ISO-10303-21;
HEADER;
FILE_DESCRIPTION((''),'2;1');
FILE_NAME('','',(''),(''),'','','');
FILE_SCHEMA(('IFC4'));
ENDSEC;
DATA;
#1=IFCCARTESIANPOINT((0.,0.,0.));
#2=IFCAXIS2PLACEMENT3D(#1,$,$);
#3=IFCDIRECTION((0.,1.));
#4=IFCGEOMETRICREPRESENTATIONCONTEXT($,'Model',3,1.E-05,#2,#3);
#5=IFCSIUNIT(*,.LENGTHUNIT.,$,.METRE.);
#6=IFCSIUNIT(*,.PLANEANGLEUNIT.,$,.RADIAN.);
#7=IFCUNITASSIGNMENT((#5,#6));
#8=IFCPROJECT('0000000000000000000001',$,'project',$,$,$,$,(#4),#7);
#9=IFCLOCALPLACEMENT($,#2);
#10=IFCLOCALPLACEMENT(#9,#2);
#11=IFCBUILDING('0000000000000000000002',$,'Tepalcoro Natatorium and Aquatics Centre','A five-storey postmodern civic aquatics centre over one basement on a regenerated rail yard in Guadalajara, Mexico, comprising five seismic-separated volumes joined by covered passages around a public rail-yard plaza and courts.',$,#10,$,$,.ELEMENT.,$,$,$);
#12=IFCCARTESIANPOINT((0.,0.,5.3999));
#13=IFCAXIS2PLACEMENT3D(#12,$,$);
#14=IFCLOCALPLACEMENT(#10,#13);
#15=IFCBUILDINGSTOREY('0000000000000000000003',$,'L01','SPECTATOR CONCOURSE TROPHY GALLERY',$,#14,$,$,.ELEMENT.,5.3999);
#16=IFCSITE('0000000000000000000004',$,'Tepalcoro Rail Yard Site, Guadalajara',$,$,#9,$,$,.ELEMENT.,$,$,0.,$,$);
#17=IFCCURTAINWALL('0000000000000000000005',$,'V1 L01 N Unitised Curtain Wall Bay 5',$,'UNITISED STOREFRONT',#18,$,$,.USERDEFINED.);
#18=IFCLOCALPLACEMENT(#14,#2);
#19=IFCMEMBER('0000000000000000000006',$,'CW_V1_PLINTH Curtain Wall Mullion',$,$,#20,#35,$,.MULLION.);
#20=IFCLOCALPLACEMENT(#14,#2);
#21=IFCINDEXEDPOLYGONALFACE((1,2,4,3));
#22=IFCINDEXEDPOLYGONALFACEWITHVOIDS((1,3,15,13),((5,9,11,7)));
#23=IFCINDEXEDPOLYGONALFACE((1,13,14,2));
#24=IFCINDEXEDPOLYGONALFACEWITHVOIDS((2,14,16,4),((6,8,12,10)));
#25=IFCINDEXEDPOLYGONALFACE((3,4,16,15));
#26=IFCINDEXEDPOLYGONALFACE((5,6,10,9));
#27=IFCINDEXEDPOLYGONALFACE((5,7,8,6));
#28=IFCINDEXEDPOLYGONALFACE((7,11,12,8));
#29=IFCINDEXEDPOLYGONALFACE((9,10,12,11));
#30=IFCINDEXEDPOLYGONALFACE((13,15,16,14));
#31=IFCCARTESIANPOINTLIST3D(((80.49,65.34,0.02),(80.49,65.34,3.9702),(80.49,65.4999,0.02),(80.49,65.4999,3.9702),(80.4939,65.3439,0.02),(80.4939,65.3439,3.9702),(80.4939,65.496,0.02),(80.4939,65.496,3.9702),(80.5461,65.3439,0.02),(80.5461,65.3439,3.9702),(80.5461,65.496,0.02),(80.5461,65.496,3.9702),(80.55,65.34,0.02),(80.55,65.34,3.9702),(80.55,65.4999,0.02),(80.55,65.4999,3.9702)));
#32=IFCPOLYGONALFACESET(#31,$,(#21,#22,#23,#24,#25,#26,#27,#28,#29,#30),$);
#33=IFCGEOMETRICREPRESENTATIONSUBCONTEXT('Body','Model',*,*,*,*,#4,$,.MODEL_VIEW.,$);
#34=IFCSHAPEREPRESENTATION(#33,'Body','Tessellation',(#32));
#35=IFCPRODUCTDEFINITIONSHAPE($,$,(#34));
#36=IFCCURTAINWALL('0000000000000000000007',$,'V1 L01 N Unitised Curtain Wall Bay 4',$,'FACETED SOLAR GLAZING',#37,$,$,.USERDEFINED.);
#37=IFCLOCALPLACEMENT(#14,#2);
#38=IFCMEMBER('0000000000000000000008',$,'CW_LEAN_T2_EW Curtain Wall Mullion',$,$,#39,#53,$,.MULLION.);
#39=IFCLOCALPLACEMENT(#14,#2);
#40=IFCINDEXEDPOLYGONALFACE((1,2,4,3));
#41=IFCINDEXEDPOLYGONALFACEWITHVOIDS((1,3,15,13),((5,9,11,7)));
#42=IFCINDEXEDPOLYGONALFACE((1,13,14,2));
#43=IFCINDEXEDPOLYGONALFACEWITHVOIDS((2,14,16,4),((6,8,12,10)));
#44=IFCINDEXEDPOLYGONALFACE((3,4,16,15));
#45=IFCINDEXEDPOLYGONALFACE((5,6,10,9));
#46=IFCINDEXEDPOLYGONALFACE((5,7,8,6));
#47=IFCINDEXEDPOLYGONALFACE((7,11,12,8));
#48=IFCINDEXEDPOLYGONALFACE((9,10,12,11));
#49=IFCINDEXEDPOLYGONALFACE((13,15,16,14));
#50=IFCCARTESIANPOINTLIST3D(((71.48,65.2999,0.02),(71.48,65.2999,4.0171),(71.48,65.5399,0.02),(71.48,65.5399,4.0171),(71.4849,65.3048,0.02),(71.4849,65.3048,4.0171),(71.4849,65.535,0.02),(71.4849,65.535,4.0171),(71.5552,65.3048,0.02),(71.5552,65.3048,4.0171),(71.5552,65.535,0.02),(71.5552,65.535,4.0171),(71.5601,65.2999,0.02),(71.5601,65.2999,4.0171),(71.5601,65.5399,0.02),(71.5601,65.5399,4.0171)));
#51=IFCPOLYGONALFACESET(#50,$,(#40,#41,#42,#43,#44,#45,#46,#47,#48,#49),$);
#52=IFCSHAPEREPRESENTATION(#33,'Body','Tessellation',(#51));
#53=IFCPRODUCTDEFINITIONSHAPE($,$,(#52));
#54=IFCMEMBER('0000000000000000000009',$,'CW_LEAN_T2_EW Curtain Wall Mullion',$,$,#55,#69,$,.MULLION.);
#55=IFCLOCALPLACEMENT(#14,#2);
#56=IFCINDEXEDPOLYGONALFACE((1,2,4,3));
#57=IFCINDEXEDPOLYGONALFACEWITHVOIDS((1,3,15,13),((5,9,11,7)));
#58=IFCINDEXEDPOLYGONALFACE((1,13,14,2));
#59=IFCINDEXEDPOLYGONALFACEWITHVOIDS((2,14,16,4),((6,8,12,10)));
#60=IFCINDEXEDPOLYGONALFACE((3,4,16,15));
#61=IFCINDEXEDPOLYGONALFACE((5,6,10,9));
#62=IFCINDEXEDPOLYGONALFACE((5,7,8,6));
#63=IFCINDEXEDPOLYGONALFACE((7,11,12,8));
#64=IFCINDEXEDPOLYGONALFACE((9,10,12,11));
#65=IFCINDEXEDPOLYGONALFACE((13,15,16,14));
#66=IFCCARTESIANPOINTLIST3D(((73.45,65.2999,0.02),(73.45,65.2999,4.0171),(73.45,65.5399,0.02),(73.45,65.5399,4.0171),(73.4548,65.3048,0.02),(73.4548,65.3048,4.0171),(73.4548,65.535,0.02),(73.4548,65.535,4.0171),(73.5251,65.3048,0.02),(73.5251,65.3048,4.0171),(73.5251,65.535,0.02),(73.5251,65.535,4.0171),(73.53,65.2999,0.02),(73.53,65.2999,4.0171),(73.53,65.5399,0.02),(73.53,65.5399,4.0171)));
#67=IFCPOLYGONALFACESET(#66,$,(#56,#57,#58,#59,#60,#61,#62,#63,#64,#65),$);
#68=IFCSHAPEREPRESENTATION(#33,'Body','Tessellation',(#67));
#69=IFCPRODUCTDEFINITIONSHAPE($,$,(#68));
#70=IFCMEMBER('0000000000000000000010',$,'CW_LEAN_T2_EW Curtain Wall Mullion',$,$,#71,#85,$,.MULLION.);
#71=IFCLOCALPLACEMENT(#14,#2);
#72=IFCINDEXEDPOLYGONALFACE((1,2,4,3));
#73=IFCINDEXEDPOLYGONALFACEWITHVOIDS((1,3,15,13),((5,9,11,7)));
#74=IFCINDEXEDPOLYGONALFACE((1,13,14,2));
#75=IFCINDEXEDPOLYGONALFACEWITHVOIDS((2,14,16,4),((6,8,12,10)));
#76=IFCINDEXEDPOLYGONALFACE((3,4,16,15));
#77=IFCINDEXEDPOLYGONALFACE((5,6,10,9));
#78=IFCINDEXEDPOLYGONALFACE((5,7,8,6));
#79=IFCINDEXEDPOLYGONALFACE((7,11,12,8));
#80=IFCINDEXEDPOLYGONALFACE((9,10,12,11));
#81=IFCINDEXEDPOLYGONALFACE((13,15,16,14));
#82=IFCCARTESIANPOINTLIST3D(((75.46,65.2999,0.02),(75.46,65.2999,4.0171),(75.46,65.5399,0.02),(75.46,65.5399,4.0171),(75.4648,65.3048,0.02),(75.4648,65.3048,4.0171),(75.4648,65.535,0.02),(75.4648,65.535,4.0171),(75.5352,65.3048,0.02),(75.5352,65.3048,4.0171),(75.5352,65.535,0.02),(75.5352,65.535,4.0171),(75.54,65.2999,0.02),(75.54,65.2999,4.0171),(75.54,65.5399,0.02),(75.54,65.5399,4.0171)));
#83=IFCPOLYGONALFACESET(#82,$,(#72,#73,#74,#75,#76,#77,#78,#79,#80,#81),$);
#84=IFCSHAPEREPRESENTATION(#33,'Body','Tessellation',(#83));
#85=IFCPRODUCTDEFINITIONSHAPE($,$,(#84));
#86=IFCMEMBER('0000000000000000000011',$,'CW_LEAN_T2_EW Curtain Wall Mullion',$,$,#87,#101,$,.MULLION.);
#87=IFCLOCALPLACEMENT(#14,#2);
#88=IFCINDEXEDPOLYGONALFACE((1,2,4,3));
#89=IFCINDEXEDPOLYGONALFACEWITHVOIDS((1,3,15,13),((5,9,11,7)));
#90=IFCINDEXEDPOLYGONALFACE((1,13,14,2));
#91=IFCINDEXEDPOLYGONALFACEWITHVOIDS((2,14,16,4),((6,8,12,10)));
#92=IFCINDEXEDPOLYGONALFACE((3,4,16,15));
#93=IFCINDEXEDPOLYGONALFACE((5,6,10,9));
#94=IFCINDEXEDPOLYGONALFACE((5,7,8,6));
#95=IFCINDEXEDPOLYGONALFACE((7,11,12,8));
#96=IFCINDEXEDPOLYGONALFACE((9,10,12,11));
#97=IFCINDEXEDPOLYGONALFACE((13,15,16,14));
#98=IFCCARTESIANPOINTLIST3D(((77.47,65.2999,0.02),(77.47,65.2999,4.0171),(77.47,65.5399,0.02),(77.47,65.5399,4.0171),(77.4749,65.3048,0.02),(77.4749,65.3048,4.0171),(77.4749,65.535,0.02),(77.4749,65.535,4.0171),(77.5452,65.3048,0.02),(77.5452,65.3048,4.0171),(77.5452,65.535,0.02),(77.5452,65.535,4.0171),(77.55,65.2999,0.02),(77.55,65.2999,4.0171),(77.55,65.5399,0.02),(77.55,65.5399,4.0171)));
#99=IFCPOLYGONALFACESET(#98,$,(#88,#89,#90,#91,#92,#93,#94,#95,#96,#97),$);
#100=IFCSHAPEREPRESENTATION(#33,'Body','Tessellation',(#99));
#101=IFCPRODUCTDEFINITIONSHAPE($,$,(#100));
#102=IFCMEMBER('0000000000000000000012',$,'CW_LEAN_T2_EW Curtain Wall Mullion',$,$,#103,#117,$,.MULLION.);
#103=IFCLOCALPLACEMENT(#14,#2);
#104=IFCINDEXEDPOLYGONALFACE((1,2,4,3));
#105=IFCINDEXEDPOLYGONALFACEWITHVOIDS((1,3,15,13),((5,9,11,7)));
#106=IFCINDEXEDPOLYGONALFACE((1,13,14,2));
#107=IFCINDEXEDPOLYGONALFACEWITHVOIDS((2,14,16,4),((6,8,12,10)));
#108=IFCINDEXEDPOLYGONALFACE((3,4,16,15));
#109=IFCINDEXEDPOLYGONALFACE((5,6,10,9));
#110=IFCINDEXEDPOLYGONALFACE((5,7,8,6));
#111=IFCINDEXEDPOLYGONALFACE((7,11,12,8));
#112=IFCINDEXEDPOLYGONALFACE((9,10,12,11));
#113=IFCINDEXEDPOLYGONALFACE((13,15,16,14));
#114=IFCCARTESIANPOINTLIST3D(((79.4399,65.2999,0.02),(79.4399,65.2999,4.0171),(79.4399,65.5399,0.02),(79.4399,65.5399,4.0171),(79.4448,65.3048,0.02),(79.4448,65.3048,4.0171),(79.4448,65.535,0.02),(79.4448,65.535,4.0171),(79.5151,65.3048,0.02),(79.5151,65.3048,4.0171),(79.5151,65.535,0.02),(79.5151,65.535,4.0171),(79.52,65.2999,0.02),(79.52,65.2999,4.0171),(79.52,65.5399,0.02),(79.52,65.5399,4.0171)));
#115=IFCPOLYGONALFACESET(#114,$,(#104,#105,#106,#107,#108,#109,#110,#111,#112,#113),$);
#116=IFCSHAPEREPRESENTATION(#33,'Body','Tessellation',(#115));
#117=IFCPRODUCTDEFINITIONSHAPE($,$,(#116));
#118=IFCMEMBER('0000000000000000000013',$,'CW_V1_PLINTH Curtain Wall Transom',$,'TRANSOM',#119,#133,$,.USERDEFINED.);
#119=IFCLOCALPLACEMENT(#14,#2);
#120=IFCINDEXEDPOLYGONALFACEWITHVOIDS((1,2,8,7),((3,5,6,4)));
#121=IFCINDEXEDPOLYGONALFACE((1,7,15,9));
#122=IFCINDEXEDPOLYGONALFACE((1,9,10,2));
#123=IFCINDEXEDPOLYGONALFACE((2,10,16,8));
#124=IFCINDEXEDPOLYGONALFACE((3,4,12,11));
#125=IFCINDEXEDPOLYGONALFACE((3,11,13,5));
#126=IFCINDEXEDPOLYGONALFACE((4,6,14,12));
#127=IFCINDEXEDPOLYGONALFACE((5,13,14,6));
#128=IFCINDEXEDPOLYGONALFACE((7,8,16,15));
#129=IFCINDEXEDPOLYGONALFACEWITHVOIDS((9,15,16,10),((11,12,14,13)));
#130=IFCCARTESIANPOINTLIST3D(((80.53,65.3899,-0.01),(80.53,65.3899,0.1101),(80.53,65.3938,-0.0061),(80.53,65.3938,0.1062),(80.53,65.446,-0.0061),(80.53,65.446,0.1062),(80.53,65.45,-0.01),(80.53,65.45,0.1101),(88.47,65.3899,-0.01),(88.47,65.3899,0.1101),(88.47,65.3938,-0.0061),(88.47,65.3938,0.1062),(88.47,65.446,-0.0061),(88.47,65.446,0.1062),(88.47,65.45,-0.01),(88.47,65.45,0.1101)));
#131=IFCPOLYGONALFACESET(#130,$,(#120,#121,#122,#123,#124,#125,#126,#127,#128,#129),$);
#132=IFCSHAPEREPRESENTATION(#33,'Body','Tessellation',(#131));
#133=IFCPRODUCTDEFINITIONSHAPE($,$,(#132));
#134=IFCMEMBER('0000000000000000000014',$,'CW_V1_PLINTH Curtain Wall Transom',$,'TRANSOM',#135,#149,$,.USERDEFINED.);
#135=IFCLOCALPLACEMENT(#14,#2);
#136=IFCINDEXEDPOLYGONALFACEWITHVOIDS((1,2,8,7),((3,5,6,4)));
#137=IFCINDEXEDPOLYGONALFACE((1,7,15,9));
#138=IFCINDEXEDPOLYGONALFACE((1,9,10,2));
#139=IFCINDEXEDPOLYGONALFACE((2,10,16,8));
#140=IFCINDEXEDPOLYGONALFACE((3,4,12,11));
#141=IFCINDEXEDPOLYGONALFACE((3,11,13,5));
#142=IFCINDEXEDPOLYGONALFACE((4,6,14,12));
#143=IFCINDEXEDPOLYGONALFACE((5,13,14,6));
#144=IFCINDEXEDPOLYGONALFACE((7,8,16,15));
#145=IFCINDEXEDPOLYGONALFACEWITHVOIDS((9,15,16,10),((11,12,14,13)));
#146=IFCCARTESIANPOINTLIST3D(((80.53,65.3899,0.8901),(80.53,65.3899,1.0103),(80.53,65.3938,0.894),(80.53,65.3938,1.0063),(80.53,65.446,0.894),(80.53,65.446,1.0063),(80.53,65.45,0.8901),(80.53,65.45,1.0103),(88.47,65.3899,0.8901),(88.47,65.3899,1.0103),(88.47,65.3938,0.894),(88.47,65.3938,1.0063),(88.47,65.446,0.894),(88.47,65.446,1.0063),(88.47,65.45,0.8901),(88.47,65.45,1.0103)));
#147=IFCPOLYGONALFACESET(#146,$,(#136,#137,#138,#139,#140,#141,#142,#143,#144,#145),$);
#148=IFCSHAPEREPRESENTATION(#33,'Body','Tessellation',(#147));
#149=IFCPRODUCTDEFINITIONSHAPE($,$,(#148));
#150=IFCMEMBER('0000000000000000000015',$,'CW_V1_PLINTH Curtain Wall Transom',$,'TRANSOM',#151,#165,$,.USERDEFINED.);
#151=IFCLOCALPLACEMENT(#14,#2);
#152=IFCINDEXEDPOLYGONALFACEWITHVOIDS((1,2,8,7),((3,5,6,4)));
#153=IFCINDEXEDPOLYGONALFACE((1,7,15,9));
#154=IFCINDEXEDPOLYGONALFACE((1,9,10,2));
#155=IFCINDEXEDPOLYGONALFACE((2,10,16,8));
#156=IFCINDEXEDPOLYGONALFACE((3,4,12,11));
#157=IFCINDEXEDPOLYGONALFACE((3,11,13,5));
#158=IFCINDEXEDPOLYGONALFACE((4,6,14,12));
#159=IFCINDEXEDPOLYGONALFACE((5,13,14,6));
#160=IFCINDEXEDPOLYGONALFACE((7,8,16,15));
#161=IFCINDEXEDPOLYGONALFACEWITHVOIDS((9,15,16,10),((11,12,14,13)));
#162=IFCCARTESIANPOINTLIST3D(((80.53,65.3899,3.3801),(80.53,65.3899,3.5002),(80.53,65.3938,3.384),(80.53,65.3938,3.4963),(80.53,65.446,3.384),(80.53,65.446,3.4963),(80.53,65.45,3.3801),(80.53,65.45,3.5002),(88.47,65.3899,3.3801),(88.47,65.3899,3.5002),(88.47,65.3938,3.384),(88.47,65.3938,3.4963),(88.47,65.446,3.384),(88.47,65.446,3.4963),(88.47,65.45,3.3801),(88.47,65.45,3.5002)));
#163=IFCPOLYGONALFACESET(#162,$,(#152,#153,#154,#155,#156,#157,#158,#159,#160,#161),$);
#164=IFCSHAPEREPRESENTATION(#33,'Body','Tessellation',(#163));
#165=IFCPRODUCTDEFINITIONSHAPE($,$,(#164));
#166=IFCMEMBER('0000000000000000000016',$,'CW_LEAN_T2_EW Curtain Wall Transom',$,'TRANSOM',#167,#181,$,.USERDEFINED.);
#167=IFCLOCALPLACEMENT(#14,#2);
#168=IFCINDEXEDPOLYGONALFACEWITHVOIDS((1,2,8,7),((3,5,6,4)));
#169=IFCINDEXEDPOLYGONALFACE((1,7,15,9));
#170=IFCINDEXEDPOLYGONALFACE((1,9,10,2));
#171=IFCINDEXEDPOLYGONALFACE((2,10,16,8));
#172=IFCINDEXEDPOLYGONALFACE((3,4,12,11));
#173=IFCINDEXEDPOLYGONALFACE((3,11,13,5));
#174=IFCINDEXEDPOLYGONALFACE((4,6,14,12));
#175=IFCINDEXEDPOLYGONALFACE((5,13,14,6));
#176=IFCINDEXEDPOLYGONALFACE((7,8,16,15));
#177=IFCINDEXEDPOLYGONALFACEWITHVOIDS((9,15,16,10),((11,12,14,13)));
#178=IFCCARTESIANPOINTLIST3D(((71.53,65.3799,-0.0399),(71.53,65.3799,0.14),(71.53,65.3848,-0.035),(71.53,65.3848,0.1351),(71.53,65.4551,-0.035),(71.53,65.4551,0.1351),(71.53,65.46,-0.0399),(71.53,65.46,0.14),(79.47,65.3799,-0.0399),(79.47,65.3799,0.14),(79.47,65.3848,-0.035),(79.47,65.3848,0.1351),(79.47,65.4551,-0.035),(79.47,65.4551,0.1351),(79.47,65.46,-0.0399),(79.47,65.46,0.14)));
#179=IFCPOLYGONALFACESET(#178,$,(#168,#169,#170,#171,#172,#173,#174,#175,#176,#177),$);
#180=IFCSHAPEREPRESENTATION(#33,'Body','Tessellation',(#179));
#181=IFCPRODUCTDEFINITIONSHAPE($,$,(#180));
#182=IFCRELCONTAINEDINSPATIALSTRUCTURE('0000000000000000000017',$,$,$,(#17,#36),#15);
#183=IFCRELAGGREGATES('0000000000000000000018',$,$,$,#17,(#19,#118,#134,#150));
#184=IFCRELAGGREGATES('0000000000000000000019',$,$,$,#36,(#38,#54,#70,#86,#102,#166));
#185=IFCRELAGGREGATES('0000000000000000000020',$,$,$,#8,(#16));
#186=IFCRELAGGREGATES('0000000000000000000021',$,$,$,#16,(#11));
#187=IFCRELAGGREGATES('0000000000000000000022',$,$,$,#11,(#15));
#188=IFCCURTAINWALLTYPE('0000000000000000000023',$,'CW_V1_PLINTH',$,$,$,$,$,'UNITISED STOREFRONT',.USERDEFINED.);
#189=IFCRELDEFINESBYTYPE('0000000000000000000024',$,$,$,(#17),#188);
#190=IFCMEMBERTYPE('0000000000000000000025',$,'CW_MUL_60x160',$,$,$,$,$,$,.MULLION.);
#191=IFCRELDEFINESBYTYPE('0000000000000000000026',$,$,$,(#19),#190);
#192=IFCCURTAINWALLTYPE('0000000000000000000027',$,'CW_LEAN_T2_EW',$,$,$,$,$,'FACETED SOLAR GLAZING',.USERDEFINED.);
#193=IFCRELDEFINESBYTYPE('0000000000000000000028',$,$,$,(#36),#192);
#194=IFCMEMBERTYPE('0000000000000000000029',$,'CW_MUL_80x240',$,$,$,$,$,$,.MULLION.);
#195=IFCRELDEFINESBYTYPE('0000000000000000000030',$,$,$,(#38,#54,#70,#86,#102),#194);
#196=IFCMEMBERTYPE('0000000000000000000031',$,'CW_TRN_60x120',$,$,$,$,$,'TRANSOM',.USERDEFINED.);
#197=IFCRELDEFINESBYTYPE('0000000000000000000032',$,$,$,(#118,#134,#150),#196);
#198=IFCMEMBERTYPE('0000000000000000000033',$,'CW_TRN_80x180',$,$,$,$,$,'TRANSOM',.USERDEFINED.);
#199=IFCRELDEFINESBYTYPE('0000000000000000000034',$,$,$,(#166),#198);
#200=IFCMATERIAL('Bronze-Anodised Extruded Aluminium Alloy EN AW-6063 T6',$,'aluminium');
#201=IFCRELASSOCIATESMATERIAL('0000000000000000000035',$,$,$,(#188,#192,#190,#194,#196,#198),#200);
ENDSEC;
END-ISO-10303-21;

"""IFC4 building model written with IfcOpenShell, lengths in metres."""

from ifc_helpers import new_model, si_unit, direction, frame, origin, origin_2d, place, context, subcontext, project, spatial, hollow_rectangle, extrude, material, material_profile, profile_set, type_object, element, aggregate, save


model = new_model("IFC4")

# Units and contexts
model_context = context("Model", 3, precision=1e-05, world=origin(), true_north=direction((0.0, 1.0)))
body_context = subcontext(model_context, "Body", "Model", "MODEL_VIEW")
ifc_project = project(units=[si_unit("LENGTHUNIT", "METRE"), si_unit("PLANEANGLEUNIT", "RADIAN")], contexts=[model_context])

# Site, building, storey
site_placement = place(None, origin())
site = spatial("IfcSite", under=ifc_project, at=site_placement, Name="Tepalcoro Rail Yard Site, Guadalajara", CompositionType="ELEMENT", RefElevation=0.0)
building_placement = place(site_placement, origin())
building = spatial("IfcBuilding", under=site, at=building_placement, Name="Tepalcoro Natatorium and Aquatics Centre", Description="A five-storey postmodern civic aquatics centre over one basement on a regenerated rail yard in Guadalajara, Mexico, comprising five seismic-separated volumes joined by covered passages around a public rail-yard plaza and courts.", CompositionType="ELEMENT")
storey_placement = place(building_placement, frame((0.0, 0.0, 5.3999)))
storey = spatial("IfcBuildingStorey", under=building, at=storey_placement, Name="L01", Description="SPECTATOR CONCOURSE TROPHY GALLERY", CompositionType="ELEMENT", Elevation=5.3999)

# Curtain wall, member
ifc_material_1 = material(Name="Bronze-Anodised Extruded Aluminium Alloy EN AW-6063 T6", Category="aluminium")
curtain_wall_type_1 = type_object("IfcCurtainWallType", Name="CW_V1_PLINTH", ElementType="UNITISED STOREFRONT", PredefinedType="USERDEFINED", material=ifc_material_1)
curtain_wall_1_placement = place(storey_placement, origin())
curtain_wall_1 = element("IfcCurtainWall", 1, at=curtain_wall_1_placement, inside=storey, type_object=curtain_wall_type_1, Name="V1 L01 N Unitised Curtain Wall Bay 5", ObjectType="UNITISED STOREFRONT", PredefinedType="USERDEFINED")
ifc_material_profile_1 = material_profile(ifc_material_1, hollow_rectangle(XDim=0.0601, YDim=0.1599, WallThickness=0.0039, at=origin_2d()), Name="AL60X160X4")
ifc_profile_set_1 = profile_set([ifc_material_profile_1], Name="Bronze-Anodised Extruded Aluminium Alloy EN AW-6063 T6")
member_type_1 = type_object("IfcMemberType", Name="CW_MUL_60x160", PredefinedType="MULLION", material=ifc_profile_set_1)
member_1_placement = place(storey_placement, frame((80.52, 65.4199, 0.02), z_axis=(0.0, 0.0, 1.0), x_axis=(1.0, 0.0, 0.0)))
member_1 = element("IfcMember", 2, at=member_1_placement, type_object=member_type_1, Name="CW_V1_PLINTH Curtain Wall Mullion", PredefinedType="MULLION", context=body_context, shape_type="SweptSolid", body=[
    extrude(hollow_rectangle(XDim=0.0601, YDim=0.1599, WallThickness=0.0039, at=origin_2d()), origin(), (0.0, 0.0, 1.0), 3.9502),
])

# Curtain wall, members
curtain_wall_type_2 = type_object("IfcCurtainWallType", Name="CW_LEAN_T2_EW", ElementType="FACETED SOLAR GLAZING", PredefinedType="USERDEFINED", material=ifc_material_1)
curtain_wall_2_placement = place(storey_placement, origin())
curtain_wall_2 = element("IfcCurtainWall", 3, at=curtain_wall_2_placement, inside=storey, type_object=curtain_wall_type_2, Name="V1 L01 N Unitised Curtain Wall Bay 4", ObjectType="FACETED SOLAR GLAZING", PredefinedType="USERDEFINED")
ifc_material_profile_2 = material_profile(ifc_material_1, hollow_rectangle(XDim=0.0801, YDim=0.24, WallThickness=0.0049, at=origin_2d()), Name="AL80X240X5")
ifc_profile_set_2 = profile_set([ifc_material_profile_2], Name="Bronze-Anodised Extruded Aluminium Alloy EN AW-6063 T6")
member_type_2 = type_object("IfcMemberType", Name="CW_MUL_80x240", PredefinedType="MULLION", material=ifc_profile_set_2)
member_2_placement = place(storey_placement, frame((71.52, 65.4199, 0.02), z_axis=(0.0, 0.0, 1.0), x_axis=(1.0, 0.0, 0.0)))
member_2 = element("IfcMember", 4, at=member_2_placement, type_object=member_type_2, Name="CW_LEAN_T2_EW Curtain Wall Mullion", PredefinedType="MULLION", context=body_context, shape_type="SweptSolid", body=[
    extrude(hollow_rectangle(XDim=0.0801, YDim=0.24, WallThickness=0.0049, at=origin_2d()), origin(), (0.0, 0.0, 1.0), 3.9971),
])
member_3_placement = place(storey_placement, frame((73.49, 65.4199, 0.02), z_axis=(0.0, 0.0, 1.0), x_axis=(1.0, 0.0, 0.0)))
member_3 = element("IfcMember", 5, at=member_3_placement, type_object=member_type_2, Name="CW_LEAN_T2_EW Curtain Wall Mullion", PredefinedType="MULLION", context=body_context, shape_type="SweptSolid", body=[
    extrude(hollow_rectangle(XDim=0.0801, YDim=0.24, WallThickness=0.0049, at=origin_2d()), origin(), (0.0, 0.0, 1.0), 3.9971),
])
member_4_placement = place(storey_placement, frame((75.5, 65.4199, 0.02), z_axis=(0.0, 0.0, 1.0), x_axis=(1.0, 0.0, 0.0)))
member_4 = element("IfcMember", 6, at=member_4_placement, type_object=member_type_2, Name="CW_LEAN_T2_EW Curtain Wall Mullion", PredefinedType="MULLION", context=body_context, shape_type="SweptSolid", body=[
    extrude(hollow_rectangle(XDim=0.0801, YDim=0.24, WallThickness=0.0049, at=origin_2d()), origin(), (0.0, 0.0, 1.0), 3.9971),
])
member_5_placement = place(storey_placement, frame((77.51, 65.4199, 0.02), z_axis=(0.0, 0.0, 1.0), x_axis=(1.0, 0.0, 0.0)))
member_5 = element("IfcMember", 7, at=member_5_placement, type_object=member_type_2, Name="CW_LEAN_T2_EW Curtain Wall Mullion", PredefinedType="MULLION", context=body_context, shape_type="SweptSolid", body=[
    extrude(hollow_rectangle(XDim=0.0801, YDim=0.24, WallThickness=0.0049, at=origin_2d()), origin(), (0.0, 0.0, 1.0), 3.9971),
])
member_6_placement = place(storey_placement, frame((79.48, 65.4199, 0.02), z_axis=(0.0, 0.0, 1.0), x_axis=(1.0, 0.0, 0.0)))
member_6 = element("IfcMember", 8, at=member_6_placement, type_object=member_type_2, Name="CW_LEAN_T2_EW Curtain Wall Mullion", PredefinedType="MULLION", context=body_context, shape_type="SweptSolid", body=[
    extrude(hollow_rectangle(XDim=0.0801, YDim=0.24, WallThickness=0.0049, at=origin_2d()), origin(), (0.0, 0.0, 1.0), 3.9971),
])

# Members
ifc_material_profile_3 = material_profile(ifc_material_1, hollow_rectangle(XDim=0.0601, YDim=0.1201, WallThickness=0.0039, at=origin_2d()), Name="AL60X120X4")
ifc_profile_set_3 = profile_set([ifc_material_profile_3], Name="Bronze-Anodised Extruded Aluminium Alloy EN AW-6063 T6")
member_type_3 = type_object("IfcMemberType", Name="CW_TRN_60x120", ElementType="TRANSOM", PredefinedType="USERDEFINED", material=ifc_profile_set_3)
member_7_placement = place(storey_placement, frame((80.53, 65.4199, 0.05), z_axis=(1.0, 0.0, 0.0), x_axis=(0.0, 1.0, 0.0)))
member_7 = element("IfcMember", 9, at=member_7_placement, type_object=member_type_3, Name="CW_V1_PLINTH Curtain Wall Transom", ObjectType="TRANSOM", PredefinedType="USERDEFINED", context=body_context, shape_type="SweptSolid", body=[
    extrude(hollow_rectangle(XDim=0.0601, YDim=0.1201, WallThickness=0.0039, at=origin_2d()), origin(), (0.0, 0.0, 1.0), 7.9399),
])
member_8_placement = place(storey_placement, frame((80.53, 65.4199, 0.9502), z_axis=(1.0, 0.0, 0.0), x_axis=(0.0, 1.0, 0.0)))
member_8 = element("IfcMember", 10, at=member_8_placement, type_object=member_type_3, Name="CW_V1_PLINTH Curtain Wall Transom", ObjectType="TRANSOM", PredefinedType="USERDEFINED", context=body_context, shape_type="SweptSolid", body=[
    extrude(hollow_rectangle(XDim=0.0601, YDim=0.1201, WallThickness=0.0039, at=origin_2d()), origin(), (0.0, 0.0, 1.0), 7.9399),
])
member_9_placement = place(storey_placement, frame((80.53, 65.4199, 3.4402), z_axis=(1.0, 0.0, 0.0), x_axis=(0.0, 1.0, 0.0)))
member_9 = element("IfcMember", 11, at=member_9_placement, type_object=member_type_3, Name="CW_V1_PLINTH Curtain Wall Transom", ObjectType="TRANSOM", PredefinedType="USERDEFINED", context=body_context, shape_type="SweptSolid", body=[
    extrude(hollow_rectangle(XDim=0.0601, YDim=0.1201, WallThickness=0.0039, at=origin_2d()), origin(), (0.0, 0.0, 1.0), 7.9399),
])
aggregate(curtain_wall_1, [member_1, member_7, member_8, member_9])
ifc_material_profile_4 = material_profile(ifc_material_1, hollow_rectangle(XDim=0.0801, YDim=0.1799, WallThickness=0.0049, at=origin_2d()), Name="AL80X180X5")
ifc_profile_set_4 = profile_set([ifc_material_profile_4], Name="Bronze-Anodised Extruded Aluminium Alloy EN AW-6063 T6")
member_type_4 = type_object("IfcMemberType", Name="CW_TRN_80x180", ElementType="TRANSOM", PredefinedType="USERDEFINED", material=ifc_profile_set_4)
member_10_placement = place(storey_placement, frame((71.53, 65.4199, 0.05), z_axis=(1.0, 0.0, 0.0), x_axis=(0.0, 1.0, 0.0)))
member_10 = element("IfcMember", 12, at=member_10_placement, type_object=member_type_4, Name="CW_LEAN_T2_EW Curtain Wall Transom", ObjectType="TRANSOM", PredefinedType="USERDEFINED", context=body_context, shape_type="SweptSolid", body=[
    extrude(hollow_rectangle(XDim=0.0801, YDim=0.1799, WallThickness=0.0049, at=origin_2d()), origin(), (0.0, 0.0, 1.0), 7.9399),
])

aggregate(curtain_wall_2, [member_2, member_3, member_4, member_5, member_6, member_10])

save(model, "model.ifc")
